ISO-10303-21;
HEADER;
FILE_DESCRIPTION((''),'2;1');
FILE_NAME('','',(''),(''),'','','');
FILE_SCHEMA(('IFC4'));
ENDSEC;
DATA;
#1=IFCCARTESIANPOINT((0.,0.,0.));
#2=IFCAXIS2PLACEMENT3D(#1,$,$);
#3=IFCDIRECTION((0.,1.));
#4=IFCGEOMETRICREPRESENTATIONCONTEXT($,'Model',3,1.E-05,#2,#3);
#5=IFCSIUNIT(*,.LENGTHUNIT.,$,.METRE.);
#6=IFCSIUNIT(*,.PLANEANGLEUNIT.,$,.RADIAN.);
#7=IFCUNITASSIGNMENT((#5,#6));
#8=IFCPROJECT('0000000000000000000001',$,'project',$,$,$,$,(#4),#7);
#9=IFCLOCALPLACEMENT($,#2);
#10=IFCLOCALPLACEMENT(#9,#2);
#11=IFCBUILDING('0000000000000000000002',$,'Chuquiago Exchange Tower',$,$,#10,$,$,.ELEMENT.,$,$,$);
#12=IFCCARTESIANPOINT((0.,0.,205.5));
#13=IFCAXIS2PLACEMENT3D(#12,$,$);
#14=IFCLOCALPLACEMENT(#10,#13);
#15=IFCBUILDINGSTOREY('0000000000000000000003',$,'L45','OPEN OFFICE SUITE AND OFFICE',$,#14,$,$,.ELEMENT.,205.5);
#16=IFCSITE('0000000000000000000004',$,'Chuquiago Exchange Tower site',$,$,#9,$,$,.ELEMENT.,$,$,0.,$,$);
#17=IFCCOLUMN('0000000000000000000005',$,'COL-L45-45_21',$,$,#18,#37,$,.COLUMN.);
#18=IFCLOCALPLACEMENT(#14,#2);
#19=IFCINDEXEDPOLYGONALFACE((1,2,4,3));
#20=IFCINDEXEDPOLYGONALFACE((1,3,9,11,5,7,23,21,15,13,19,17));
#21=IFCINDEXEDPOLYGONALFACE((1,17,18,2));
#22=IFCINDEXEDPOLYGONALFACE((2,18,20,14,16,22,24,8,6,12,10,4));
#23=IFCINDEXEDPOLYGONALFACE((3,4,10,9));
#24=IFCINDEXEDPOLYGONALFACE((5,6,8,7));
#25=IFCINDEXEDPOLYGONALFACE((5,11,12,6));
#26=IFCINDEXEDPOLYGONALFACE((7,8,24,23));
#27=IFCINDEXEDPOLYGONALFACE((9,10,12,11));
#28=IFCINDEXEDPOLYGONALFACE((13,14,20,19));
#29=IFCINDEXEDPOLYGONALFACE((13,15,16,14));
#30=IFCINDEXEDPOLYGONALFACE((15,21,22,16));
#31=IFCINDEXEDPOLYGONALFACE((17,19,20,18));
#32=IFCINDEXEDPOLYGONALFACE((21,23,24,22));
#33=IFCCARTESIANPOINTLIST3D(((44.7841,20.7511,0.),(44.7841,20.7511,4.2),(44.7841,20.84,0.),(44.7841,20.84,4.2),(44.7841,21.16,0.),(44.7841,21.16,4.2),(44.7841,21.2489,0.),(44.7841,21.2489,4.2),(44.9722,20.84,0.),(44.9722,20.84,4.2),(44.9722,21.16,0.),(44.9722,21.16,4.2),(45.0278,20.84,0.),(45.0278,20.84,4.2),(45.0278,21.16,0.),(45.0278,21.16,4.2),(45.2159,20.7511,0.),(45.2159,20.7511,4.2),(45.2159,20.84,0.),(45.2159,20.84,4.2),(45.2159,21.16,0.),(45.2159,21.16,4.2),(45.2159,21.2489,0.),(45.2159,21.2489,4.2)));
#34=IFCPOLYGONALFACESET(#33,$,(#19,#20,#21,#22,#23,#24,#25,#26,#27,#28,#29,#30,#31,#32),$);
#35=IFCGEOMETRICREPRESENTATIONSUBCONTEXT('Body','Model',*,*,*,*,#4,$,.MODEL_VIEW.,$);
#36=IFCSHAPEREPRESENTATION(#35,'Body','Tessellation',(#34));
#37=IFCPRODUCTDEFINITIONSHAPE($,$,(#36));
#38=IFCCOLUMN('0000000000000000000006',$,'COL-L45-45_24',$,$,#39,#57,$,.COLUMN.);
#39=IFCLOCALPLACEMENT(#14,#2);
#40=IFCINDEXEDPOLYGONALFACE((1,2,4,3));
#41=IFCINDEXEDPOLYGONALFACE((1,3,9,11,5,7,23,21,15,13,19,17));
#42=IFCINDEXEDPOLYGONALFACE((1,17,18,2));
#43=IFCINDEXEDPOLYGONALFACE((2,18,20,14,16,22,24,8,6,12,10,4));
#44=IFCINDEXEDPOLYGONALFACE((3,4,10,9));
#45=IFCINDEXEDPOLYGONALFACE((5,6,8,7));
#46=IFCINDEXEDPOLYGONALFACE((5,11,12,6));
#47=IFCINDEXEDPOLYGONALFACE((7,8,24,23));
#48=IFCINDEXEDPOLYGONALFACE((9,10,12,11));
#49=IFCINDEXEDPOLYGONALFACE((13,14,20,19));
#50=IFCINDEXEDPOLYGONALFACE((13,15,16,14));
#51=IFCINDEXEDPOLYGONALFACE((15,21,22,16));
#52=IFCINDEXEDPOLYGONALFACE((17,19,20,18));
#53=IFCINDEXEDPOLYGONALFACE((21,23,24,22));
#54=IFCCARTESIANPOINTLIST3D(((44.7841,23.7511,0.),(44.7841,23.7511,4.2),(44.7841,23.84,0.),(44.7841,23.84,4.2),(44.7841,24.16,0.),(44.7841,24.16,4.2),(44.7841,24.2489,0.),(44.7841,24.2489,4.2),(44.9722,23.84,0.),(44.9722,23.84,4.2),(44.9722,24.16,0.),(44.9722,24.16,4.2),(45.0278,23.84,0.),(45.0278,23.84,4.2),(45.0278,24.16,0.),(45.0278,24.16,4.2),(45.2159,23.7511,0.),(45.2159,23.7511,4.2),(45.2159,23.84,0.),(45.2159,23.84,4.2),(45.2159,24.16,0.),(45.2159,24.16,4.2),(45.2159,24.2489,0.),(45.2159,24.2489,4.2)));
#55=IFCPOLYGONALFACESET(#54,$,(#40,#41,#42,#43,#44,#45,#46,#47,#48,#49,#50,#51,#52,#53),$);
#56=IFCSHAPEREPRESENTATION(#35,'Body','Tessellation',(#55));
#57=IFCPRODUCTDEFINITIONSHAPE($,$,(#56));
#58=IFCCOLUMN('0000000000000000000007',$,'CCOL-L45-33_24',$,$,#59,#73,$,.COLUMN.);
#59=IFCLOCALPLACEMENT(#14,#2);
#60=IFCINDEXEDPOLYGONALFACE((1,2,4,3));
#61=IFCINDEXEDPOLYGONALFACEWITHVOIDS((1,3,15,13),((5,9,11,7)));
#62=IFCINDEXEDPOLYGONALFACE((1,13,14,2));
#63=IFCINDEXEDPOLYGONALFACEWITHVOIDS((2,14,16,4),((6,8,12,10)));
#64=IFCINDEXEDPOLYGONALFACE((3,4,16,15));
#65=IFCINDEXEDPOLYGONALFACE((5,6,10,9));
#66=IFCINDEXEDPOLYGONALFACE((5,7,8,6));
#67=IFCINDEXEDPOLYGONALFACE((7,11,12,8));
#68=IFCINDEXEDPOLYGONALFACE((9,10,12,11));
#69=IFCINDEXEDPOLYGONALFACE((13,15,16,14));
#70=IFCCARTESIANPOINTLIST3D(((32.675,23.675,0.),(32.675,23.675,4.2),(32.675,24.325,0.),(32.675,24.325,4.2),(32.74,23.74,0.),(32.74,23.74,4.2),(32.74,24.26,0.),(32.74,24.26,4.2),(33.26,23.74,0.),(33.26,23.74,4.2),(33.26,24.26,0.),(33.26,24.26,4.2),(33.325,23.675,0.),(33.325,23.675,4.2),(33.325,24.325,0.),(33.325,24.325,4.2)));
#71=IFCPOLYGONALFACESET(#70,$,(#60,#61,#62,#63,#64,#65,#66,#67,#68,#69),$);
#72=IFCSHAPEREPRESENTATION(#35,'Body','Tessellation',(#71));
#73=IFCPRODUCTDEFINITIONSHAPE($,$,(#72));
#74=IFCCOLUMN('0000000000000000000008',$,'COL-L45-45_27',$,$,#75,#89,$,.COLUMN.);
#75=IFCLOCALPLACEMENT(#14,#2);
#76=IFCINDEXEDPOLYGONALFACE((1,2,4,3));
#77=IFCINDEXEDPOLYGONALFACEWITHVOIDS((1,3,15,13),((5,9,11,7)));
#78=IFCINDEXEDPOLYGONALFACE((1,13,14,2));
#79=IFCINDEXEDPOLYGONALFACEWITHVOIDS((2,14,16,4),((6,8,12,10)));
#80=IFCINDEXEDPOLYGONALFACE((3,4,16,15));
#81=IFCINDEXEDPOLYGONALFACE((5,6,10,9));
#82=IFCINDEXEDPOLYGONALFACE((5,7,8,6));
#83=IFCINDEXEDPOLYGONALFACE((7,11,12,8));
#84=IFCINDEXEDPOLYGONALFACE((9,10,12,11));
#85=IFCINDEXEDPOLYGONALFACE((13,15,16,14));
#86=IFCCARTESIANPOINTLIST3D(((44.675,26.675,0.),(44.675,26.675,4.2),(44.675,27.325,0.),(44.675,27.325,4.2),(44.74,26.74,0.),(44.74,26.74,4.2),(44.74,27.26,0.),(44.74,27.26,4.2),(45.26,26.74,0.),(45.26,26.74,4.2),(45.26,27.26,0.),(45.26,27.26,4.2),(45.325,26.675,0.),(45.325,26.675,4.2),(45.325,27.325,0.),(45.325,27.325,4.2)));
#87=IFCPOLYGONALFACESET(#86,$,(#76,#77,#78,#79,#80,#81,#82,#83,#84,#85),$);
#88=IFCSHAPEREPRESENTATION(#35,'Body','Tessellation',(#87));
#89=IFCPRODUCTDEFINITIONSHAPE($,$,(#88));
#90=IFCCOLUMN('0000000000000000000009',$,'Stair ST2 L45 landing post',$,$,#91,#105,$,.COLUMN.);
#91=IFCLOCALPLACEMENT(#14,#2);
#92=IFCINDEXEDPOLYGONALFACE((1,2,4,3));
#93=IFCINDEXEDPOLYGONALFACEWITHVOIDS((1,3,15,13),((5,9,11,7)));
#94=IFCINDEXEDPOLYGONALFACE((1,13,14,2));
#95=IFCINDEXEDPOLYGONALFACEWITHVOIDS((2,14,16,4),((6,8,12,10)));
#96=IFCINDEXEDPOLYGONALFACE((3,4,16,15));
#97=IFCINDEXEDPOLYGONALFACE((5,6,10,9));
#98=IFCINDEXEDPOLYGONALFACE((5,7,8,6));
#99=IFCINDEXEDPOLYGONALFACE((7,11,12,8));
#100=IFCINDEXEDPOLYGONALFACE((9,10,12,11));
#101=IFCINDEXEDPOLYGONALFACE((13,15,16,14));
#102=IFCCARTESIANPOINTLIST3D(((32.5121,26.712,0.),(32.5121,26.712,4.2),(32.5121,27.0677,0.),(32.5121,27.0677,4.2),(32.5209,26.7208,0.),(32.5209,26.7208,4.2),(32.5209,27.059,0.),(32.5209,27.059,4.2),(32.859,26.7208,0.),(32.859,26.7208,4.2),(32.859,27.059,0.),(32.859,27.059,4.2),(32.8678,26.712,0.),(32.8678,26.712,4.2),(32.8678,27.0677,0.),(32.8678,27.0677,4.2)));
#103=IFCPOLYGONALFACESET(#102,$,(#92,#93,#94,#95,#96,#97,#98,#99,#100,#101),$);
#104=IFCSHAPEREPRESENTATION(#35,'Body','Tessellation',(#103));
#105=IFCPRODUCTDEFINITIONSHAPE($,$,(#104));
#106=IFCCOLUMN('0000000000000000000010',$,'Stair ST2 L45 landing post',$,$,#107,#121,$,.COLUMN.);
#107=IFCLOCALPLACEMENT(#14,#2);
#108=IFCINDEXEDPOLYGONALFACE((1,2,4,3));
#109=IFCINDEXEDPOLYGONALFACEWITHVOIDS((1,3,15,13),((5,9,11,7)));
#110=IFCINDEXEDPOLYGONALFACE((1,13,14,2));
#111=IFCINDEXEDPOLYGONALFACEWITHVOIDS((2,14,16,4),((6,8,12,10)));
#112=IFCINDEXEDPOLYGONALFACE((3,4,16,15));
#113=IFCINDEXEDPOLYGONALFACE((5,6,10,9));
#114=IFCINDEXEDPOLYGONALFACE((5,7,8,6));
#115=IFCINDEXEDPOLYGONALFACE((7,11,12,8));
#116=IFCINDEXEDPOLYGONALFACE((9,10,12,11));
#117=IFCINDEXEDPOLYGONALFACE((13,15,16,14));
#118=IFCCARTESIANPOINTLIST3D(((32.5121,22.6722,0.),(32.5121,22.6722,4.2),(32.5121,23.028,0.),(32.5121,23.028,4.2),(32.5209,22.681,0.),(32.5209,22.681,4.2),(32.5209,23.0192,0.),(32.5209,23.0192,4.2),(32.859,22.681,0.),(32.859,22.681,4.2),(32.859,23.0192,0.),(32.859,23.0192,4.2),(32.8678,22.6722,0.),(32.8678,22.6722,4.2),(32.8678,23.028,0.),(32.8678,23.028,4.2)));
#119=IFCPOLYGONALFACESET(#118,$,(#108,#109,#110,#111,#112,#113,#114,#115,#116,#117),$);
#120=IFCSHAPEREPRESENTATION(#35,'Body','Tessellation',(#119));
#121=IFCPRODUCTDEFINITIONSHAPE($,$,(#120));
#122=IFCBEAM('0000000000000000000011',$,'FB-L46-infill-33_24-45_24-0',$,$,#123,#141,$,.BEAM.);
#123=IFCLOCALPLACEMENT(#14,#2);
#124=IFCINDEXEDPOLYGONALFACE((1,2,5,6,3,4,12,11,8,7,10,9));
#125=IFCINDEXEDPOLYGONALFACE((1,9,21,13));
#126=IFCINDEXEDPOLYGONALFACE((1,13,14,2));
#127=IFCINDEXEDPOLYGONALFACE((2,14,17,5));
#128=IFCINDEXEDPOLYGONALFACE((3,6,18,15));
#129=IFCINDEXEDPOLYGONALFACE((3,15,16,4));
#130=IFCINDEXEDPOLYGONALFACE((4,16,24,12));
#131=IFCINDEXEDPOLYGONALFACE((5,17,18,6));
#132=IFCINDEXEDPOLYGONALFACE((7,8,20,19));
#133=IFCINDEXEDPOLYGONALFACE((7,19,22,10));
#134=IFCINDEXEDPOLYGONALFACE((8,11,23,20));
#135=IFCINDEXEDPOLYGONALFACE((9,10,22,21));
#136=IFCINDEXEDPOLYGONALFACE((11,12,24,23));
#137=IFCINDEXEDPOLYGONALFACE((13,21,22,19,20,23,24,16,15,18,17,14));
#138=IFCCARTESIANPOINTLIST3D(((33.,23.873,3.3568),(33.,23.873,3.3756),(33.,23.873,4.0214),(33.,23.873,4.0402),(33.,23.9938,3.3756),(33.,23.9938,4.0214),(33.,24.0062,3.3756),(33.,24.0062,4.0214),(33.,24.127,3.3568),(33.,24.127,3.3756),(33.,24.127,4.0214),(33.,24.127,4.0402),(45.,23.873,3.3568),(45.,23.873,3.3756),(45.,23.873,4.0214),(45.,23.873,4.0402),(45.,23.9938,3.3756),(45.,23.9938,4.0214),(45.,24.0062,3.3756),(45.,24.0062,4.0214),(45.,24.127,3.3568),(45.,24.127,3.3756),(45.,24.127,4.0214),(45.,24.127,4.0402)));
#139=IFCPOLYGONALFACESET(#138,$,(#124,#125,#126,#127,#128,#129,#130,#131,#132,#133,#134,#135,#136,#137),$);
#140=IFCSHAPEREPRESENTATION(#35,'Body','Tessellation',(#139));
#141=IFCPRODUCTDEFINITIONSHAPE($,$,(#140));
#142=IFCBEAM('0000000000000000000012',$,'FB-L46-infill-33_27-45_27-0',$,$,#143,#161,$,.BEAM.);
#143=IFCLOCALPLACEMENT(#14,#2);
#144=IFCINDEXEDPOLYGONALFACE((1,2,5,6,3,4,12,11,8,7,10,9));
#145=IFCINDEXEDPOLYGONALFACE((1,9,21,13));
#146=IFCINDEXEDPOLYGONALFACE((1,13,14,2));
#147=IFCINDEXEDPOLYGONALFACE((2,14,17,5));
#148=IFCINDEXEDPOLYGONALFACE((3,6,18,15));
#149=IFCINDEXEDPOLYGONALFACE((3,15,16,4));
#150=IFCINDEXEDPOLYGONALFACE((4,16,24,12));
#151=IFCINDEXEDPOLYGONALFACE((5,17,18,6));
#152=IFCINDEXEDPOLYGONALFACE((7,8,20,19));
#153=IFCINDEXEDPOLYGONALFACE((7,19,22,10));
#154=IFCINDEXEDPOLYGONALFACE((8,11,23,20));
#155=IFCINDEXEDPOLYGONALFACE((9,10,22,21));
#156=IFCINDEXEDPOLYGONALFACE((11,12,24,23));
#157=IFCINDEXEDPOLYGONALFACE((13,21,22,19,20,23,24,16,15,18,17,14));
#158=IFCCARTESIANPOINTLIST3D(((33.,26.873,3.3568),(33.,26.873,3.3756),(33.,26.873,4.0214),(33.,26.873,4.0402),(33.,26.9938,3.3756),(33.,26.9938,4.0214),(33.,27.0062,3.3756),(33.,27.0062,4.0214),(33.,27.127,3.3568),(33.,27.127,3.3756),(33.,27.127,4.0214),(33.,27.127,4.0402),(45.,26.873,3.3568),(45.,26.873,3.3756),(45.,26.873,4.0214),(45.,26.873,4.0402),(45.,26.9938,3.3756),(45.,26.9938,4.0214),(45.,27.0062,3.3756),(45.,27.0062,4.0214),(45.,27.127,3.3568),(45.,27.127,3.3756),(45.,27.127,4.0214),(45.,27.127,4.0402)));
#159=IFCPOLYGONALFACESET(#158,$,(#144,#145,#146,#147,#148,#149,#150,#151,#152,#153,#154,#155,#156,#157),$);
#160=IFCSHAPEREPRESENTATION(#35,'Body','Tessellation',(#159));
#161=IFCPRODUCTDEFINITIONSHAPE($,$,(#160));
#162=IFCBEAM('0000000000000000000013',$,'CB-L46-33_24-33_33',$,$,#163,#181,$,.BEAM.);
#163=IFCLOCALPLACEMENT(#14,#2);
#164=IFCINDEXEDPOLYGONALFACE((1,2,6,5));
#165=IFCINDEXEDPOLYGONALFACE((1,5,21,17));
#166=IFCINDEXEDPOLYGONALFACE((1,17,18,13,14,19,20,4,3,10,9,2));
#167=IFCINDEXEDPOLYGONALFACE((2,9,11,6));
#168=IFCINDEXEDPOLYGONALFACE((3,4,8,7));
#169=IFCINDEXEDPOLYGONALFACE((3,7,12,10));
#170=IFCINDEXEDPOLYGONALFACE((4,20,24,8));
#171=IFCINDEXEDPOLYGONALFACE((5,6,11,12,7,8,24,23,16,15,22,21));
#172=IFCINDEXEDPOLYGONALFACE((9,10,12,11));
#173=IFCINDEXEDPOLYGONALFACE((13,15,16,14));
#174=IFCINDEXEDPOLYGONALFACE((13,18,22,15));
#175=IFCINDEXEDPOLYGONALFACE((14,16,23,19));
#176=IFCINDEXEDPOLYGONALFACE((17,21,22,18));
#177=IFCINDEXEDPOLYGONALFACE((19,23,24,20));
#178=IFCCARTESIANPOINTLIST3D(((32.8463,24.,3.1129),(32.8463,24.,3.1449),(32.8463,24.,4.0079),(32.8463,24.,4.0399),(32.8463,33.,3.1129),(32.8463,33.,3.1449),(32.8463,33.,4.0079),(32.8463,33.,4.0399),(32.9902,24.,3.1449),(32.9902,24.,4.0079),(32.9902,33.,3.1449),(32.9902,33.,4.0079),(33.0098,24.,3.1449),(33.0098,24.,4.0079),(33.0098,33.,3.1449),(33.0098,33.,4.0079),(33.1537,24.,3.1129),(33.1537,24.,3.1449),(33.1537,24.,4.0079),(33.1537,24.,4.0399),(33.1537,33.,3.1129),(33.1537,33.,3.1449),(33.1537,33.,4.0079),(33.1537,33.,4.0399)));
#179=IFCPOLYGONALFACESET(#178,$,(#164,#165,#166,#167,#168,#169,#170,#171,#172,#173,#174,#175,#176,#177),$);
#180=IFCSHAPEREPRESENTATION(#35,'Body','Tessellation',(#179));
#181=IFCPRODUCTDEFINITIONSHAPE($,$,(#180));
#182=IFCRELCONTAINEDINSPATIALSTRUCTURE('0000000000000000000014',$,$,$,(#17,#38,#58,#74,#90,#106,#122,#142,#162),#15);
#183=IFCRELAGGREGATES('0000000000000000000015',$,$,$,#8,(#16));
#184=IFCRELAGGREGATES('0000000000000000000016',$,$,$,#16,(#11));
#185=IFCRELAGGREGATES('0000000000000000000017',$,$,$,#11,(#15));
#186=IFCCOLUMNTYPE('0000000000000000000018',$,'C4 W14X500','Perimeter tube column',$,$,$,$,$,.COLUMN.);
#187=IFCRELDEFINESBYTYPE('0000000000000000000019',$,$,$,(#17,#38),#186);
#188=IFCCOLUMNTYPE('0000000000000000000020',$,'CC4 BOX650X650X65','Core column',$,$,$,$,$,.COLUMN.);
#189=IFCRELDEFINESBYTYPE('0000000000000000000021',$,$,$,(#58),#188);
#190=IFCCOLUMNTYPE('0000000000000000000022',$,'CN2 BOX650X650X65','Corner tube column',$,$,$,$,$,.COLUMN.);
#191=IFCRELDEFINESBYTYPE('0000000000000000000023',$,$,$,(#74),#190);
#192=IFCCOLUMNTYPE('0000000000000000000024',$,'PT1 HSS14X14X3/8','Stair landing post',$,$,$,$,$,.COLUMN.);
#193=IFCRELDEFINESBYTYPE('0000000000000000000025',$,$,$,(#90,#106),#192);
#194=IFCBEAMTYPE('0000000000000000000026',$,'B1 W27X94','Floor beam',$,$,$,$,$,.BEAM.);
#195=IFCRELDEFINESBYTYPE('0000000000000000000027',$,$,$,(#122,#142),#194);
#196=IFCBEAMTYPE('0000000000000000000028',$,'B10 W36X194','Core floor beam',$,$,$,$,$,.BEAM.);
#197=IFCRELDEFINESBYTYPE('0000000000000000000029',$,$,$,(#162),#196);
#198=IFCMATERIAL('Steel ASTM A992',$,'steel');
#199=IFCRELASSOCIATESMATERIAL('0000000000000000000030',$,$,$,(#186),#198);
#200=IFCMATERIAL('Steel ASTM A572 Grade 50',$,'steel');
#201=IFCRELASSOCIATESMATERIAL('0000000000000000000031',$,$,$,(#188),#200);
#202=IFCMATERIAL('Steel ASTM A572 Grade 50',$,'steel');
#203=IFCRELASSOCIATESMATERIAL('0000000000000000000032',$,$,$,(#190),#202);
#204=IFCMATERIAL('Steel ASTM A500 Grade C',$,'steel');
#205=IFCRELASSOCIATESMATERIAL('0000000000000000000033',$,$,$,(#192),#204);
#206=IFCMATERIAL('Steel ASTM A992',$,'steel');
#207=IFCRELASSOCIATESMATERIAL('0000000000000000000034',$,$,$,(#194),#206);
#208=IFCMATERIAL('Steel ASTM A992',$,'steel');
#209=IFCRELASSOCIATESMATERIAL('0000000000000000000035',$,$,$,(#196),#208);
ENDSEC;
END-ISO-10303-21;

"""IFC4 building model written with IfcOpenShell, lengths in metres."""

from ifc_helpers import new_model, si_unit, direction, frame, origin, origin_2d, place, context, subcontext, project, spatial, hollow_rectangle, i_section, extrude, material, material_profile, profile_set, type_object, element, save


model = new_model("IFC4")

# Units and contexts
model_context = context("Model", 3, precision=1e-05, world=origin(), true_north=direction((0.0, 1.0)))
body_context = subcontext(model_context, "Body", "Model", "MODEL_VIEW")
ifc_project = project(units=[si_unit("LENGTHUNIT", "METRE"), si_unit("PLANEANGLEUNIT", "RADIAN")], contexts=[model_context])

# Site, building, storey
site_placement = place(None, origin())
site = spatial("IfcSite", under=ifc_project, at=site_placement, Name="Chuquiago Exchange Tower site", CompositionType="ELEMENT", RefElevation=0.0)
building_placement = place(site_placement, origin())
building = spatial("IfcBuilding", under=site, at=building_placement, Name="Chuquiago Exchange Tower", CompositionType="ELEMENT")
storey_placement = place(building_placement, frame((0.0, 0.0, 205.5)))
storey = spatial("IfcBuildingStorey", under=building, at=storey_placement, Name="L45", Description="OPEN OFFICE SUITE AND OFFICE", CompositionType="ELEMENT", Elevation=205.5)

# Columns
ifc_material_1 = material(Name="Steel ASTM A992", Category="steel")
ifc_material_profile_1 = material_profile(ifc_material_1, i_section(OverallWidth=0.4319, OverallDepth=0.4978, WebThickness=0.0557, FlangeThickness=0.0889, at=origin_2d()), Name="W14X500")
ifc_profile_set_1 = profile_set([ifc_material_profile_1], Name="Steel ASTM A992")
column_type_1 = type_object("IfcColumnType", Name="C4 W14X500", Description="Perimeter tube column", PredefinedType="COLUMN", material=ifc_profile_set_1)
for number, where, z_axis, x_axis, name in (
    (1, (45.0, 21.0, 0.0), (0.0, 0.0, 1.0), (1.0, 0.0, 0.0), "COL-L45-45_21"),
    (2, (45.0, 24.0, 0.0), (0.0, 0.0, 1.0), (1.0, 0.0, 0.0), "COL-L45-45_24"),
):
    element("IfcColumn", number, at=place(storey_placement, frame(where, z_axis=z_axis, x_axis=x_axis)), inside=storey, type_object=column_type_1, Name=name, PredefinedType="COLUMN", context=body_context, shape_type="SweptSolid", body=[
        extrude(i_section(OverallWidth=0.4319, OverallDepth=0.4978, WebThickness=0.0557, FlangeThickness=0.0889, at=origin_2d()), origin(), (0.0, 0.0, 1.0), 4.2),
    ])
ifc_material_2 = material(Name="Steel ASTM A572 Grade 50", Category="steel")
ifc_material_profile_2 = material_profile(ifc_material_2, hollow_rectangle(XDim=0.6499, YDim=0.6499, WallThickness=0.0649, at=origin_2d()), Name="BOX650X650X65")
ifc_profile_set_2 = profile_set([ifc_material_profile_2], Name="Steel ASTM A572 Grade 50")
column_type_2 = type_object("IfcColumnType", Name="CC4 BOX650X650X65", Description="Core column", PredefinedType="COLUMN", material=ifc_profile_set_2)
column_1_placement = place(storey_placement, frame((33.0, 24.0, 0.0), z_axis=(0.0, 0.0, 1.0), x_axis=(1.0, 0.0, 0.0)))
element("IfcColumn", 3, at=column_1_placement, inside=storey, type_object=column_type_2, Name="CCOL-L45-33_24", PredefinedType="COLUMN", context=body_context, shape_type="SweptSolid", body=[
    extrude(hollow_rectangle(XDim=0.6499, YDim=0.6499, WallThickness=0.0649, at=origin_2d()), origin(), (0.0, 0.0, 1.0), 4.2),
])
ifc_material_3 = material(Name="Steel ASTM A572 Grade 50", Category="steel")
ifc_material_profile_3 = material_profile(ifc_material_3, hollow_rectangle(XDim=0.6499, YDim=0.6499, WallThickness=0.0649, at=origin_2d()), Name="BOX650X650X65")
ifc_profile_set_3 = profile_set([ifc_material_profile_3], Name="Steel ASTM A572 Grade 50")
column_type_3 = type_object("IfcColumnType", Name="CN2 BOX650X650X65", Description="Corner tube column", PredefinedType="COLUMN", material=ifc_profile_set_3)
column_2_placement = place(storey_placement, frame((45.0, 27.0, 0.0), z_axis=(0.0, 0.0, 1.0), x_axis=(1.0, 0.0, 0.0)))
element("IfcColumn", 4, at=column_2_placement, inside=storey, type_object=column_type_3, Name="COL-L45-45_27", PredefinedType="COLUMN", context=body_context, shape_type="SweptSolid", body=[
    extrude(hollow_rectangle(XDim=0.6499, YDim=0.6499, WallThickness=0.0649, at=origin_2d()), origin(), (0.0, 0.0, 1.0), 4.2),
])
ifc_material_4 = material(Name="Steel ASTM A500 Grade C", Category="steel")
ifc_material_profile_4 = material_profile(ifc_material_4, hollow_rectangle(XDim=0.3557, YDim=0.3557, WallThickness=0.0088, at=origin_2d()), Name="HSS14X14X3/8")
ifc_profile_set_4 = profile_set([ifc_material_profile_4], Name="Steel ASTM A500 Grade C")
column_type_4 = type_object("IfcColumnType", Name="PT1 HSS14X14X3/8", Description="Stair landing post", PredefinedType="COLUMN", material=ifc_profile_set_4)
for number, where, z_axis, x_axis, name in (
    (5, (32.6899, 26.8899, 0.0), (0.0, 0.0, 1.0), (1.0, 0.0, 0.0), "Stair ST2 L45 landing post"),
    (6, (32.6899, 22.8501, 0.0), (0.0, 0.0, 1.0), (1.0, 0.0, 0.0), "Stair ST2 L45 landing post"),
):
    element("IfcColumn", number, at=place(storey_placement, frame(where, z_axis=z_axis, x_axis=x_axis)), inside=storey, type_object=column_type_4, Name=name, PredefinedType="COLUMN", context=body_context, shape_type="SweptSolid", body=[
        extrude(hollow_rectangle(XDim=0.3557, YDim=0.3557, WallThickness=0.0088, at=origin_2d()), origin(), (0.0, 0.0, 1.0), 4.2),
    ])

# Beams
ifc_material_5 = material(Name="Steel ASTM A992", Category="steel")
ifc_material_profile_5 = material_profile(ifc_material_5, i_section(OverallWidth=0.2539, OverallDepth=0.6833, WebThickness=0.0125, FlangeThickness=0.0188, at=origin_2d()), Name="W27X94")
ifc_profile_set_5 = profile_set([ifc_material_profile_5], Name="Steel ASTM A992")
beam_type_1 = type_object("IfcBeamType", Name="B1 W27X94", Description="Floor beam", PredefinedType="BEAM", material=ifc_profile_set_5)
for number, where, z_axis, x_axis, name in (
    (7, (33.0, 24.0, 3.6985), (1.0, 0.0, 0.0), (0.0, 1.0, 0.0), "FB-L46-infill-33_24-45_24-0"),
    (8, (33.0, 27.0, 3.6985), (1.0, 0.0, 0.0), (0.0, 1.0, 0.0), "FB-L46-infill-33_27-45_27-0"),
):
    element("IfcBeam", number, at=place(storey_placement, frame(where, z_axis=z_axis, x_axis=x_axis)), inside=storey, type_object=beam_type_1, Name=name, PredefinedType="BEAM", context=body_context, shape_type="SweptSolid", body=[
        extrude(i_section(OverallWidth=0.2539, OverallDepth=0.6833, WebThickness=0.0125, FlangeThickness=0.0188, at=origin_2d()), origin(), (0.0, 0.0, 1.0), 12.0),
    ])
ifc_material_6 = material(Name="Steel ASTM A992", Category="steel")
ifc_material_profile_6 = material_profile(ifc_material_6, i_section(OverallWidth=0.3074, OverallDepth=0.927, WebThickness=0.0195, FlangeThickness=0.032, at=origin_2d()), Name="W36X194")
ifc_profile_set_6 = profile_set([ifc_material_profile_6], Name="Steel ASTM A992")
beam_type_2 = type_object("IfcBeamType", Name="B10 W36X194", Description="Core floor beam", PredefinedType="BEAM", material=ifc_profile_set_6)
beam_1_placement = place(storey_placement, frame((33.0, 24.0, 3.5764), z_axis=(0.0, 1.0, 0.0), x_axis=(-1.0, 0.0, 0.0)))
element("IfcBeam", 9, at=beam_1_placement, inside=storey, type_object=beam_type_2, Name="CB-L46-33_24-33_33", PredefinedType="BEAM", context=body_context, shape_type="SweptSolid", body=[
    extrude(i_section(OverallWidth=0.3074, OverallDepth=0.927, WebThickness=0.0195, FlangeThickness=0.032, at=origin_2d()), origin(), (0.0, 0.0, 1.0), 9.0),
])

save(model, "model.ifc")
